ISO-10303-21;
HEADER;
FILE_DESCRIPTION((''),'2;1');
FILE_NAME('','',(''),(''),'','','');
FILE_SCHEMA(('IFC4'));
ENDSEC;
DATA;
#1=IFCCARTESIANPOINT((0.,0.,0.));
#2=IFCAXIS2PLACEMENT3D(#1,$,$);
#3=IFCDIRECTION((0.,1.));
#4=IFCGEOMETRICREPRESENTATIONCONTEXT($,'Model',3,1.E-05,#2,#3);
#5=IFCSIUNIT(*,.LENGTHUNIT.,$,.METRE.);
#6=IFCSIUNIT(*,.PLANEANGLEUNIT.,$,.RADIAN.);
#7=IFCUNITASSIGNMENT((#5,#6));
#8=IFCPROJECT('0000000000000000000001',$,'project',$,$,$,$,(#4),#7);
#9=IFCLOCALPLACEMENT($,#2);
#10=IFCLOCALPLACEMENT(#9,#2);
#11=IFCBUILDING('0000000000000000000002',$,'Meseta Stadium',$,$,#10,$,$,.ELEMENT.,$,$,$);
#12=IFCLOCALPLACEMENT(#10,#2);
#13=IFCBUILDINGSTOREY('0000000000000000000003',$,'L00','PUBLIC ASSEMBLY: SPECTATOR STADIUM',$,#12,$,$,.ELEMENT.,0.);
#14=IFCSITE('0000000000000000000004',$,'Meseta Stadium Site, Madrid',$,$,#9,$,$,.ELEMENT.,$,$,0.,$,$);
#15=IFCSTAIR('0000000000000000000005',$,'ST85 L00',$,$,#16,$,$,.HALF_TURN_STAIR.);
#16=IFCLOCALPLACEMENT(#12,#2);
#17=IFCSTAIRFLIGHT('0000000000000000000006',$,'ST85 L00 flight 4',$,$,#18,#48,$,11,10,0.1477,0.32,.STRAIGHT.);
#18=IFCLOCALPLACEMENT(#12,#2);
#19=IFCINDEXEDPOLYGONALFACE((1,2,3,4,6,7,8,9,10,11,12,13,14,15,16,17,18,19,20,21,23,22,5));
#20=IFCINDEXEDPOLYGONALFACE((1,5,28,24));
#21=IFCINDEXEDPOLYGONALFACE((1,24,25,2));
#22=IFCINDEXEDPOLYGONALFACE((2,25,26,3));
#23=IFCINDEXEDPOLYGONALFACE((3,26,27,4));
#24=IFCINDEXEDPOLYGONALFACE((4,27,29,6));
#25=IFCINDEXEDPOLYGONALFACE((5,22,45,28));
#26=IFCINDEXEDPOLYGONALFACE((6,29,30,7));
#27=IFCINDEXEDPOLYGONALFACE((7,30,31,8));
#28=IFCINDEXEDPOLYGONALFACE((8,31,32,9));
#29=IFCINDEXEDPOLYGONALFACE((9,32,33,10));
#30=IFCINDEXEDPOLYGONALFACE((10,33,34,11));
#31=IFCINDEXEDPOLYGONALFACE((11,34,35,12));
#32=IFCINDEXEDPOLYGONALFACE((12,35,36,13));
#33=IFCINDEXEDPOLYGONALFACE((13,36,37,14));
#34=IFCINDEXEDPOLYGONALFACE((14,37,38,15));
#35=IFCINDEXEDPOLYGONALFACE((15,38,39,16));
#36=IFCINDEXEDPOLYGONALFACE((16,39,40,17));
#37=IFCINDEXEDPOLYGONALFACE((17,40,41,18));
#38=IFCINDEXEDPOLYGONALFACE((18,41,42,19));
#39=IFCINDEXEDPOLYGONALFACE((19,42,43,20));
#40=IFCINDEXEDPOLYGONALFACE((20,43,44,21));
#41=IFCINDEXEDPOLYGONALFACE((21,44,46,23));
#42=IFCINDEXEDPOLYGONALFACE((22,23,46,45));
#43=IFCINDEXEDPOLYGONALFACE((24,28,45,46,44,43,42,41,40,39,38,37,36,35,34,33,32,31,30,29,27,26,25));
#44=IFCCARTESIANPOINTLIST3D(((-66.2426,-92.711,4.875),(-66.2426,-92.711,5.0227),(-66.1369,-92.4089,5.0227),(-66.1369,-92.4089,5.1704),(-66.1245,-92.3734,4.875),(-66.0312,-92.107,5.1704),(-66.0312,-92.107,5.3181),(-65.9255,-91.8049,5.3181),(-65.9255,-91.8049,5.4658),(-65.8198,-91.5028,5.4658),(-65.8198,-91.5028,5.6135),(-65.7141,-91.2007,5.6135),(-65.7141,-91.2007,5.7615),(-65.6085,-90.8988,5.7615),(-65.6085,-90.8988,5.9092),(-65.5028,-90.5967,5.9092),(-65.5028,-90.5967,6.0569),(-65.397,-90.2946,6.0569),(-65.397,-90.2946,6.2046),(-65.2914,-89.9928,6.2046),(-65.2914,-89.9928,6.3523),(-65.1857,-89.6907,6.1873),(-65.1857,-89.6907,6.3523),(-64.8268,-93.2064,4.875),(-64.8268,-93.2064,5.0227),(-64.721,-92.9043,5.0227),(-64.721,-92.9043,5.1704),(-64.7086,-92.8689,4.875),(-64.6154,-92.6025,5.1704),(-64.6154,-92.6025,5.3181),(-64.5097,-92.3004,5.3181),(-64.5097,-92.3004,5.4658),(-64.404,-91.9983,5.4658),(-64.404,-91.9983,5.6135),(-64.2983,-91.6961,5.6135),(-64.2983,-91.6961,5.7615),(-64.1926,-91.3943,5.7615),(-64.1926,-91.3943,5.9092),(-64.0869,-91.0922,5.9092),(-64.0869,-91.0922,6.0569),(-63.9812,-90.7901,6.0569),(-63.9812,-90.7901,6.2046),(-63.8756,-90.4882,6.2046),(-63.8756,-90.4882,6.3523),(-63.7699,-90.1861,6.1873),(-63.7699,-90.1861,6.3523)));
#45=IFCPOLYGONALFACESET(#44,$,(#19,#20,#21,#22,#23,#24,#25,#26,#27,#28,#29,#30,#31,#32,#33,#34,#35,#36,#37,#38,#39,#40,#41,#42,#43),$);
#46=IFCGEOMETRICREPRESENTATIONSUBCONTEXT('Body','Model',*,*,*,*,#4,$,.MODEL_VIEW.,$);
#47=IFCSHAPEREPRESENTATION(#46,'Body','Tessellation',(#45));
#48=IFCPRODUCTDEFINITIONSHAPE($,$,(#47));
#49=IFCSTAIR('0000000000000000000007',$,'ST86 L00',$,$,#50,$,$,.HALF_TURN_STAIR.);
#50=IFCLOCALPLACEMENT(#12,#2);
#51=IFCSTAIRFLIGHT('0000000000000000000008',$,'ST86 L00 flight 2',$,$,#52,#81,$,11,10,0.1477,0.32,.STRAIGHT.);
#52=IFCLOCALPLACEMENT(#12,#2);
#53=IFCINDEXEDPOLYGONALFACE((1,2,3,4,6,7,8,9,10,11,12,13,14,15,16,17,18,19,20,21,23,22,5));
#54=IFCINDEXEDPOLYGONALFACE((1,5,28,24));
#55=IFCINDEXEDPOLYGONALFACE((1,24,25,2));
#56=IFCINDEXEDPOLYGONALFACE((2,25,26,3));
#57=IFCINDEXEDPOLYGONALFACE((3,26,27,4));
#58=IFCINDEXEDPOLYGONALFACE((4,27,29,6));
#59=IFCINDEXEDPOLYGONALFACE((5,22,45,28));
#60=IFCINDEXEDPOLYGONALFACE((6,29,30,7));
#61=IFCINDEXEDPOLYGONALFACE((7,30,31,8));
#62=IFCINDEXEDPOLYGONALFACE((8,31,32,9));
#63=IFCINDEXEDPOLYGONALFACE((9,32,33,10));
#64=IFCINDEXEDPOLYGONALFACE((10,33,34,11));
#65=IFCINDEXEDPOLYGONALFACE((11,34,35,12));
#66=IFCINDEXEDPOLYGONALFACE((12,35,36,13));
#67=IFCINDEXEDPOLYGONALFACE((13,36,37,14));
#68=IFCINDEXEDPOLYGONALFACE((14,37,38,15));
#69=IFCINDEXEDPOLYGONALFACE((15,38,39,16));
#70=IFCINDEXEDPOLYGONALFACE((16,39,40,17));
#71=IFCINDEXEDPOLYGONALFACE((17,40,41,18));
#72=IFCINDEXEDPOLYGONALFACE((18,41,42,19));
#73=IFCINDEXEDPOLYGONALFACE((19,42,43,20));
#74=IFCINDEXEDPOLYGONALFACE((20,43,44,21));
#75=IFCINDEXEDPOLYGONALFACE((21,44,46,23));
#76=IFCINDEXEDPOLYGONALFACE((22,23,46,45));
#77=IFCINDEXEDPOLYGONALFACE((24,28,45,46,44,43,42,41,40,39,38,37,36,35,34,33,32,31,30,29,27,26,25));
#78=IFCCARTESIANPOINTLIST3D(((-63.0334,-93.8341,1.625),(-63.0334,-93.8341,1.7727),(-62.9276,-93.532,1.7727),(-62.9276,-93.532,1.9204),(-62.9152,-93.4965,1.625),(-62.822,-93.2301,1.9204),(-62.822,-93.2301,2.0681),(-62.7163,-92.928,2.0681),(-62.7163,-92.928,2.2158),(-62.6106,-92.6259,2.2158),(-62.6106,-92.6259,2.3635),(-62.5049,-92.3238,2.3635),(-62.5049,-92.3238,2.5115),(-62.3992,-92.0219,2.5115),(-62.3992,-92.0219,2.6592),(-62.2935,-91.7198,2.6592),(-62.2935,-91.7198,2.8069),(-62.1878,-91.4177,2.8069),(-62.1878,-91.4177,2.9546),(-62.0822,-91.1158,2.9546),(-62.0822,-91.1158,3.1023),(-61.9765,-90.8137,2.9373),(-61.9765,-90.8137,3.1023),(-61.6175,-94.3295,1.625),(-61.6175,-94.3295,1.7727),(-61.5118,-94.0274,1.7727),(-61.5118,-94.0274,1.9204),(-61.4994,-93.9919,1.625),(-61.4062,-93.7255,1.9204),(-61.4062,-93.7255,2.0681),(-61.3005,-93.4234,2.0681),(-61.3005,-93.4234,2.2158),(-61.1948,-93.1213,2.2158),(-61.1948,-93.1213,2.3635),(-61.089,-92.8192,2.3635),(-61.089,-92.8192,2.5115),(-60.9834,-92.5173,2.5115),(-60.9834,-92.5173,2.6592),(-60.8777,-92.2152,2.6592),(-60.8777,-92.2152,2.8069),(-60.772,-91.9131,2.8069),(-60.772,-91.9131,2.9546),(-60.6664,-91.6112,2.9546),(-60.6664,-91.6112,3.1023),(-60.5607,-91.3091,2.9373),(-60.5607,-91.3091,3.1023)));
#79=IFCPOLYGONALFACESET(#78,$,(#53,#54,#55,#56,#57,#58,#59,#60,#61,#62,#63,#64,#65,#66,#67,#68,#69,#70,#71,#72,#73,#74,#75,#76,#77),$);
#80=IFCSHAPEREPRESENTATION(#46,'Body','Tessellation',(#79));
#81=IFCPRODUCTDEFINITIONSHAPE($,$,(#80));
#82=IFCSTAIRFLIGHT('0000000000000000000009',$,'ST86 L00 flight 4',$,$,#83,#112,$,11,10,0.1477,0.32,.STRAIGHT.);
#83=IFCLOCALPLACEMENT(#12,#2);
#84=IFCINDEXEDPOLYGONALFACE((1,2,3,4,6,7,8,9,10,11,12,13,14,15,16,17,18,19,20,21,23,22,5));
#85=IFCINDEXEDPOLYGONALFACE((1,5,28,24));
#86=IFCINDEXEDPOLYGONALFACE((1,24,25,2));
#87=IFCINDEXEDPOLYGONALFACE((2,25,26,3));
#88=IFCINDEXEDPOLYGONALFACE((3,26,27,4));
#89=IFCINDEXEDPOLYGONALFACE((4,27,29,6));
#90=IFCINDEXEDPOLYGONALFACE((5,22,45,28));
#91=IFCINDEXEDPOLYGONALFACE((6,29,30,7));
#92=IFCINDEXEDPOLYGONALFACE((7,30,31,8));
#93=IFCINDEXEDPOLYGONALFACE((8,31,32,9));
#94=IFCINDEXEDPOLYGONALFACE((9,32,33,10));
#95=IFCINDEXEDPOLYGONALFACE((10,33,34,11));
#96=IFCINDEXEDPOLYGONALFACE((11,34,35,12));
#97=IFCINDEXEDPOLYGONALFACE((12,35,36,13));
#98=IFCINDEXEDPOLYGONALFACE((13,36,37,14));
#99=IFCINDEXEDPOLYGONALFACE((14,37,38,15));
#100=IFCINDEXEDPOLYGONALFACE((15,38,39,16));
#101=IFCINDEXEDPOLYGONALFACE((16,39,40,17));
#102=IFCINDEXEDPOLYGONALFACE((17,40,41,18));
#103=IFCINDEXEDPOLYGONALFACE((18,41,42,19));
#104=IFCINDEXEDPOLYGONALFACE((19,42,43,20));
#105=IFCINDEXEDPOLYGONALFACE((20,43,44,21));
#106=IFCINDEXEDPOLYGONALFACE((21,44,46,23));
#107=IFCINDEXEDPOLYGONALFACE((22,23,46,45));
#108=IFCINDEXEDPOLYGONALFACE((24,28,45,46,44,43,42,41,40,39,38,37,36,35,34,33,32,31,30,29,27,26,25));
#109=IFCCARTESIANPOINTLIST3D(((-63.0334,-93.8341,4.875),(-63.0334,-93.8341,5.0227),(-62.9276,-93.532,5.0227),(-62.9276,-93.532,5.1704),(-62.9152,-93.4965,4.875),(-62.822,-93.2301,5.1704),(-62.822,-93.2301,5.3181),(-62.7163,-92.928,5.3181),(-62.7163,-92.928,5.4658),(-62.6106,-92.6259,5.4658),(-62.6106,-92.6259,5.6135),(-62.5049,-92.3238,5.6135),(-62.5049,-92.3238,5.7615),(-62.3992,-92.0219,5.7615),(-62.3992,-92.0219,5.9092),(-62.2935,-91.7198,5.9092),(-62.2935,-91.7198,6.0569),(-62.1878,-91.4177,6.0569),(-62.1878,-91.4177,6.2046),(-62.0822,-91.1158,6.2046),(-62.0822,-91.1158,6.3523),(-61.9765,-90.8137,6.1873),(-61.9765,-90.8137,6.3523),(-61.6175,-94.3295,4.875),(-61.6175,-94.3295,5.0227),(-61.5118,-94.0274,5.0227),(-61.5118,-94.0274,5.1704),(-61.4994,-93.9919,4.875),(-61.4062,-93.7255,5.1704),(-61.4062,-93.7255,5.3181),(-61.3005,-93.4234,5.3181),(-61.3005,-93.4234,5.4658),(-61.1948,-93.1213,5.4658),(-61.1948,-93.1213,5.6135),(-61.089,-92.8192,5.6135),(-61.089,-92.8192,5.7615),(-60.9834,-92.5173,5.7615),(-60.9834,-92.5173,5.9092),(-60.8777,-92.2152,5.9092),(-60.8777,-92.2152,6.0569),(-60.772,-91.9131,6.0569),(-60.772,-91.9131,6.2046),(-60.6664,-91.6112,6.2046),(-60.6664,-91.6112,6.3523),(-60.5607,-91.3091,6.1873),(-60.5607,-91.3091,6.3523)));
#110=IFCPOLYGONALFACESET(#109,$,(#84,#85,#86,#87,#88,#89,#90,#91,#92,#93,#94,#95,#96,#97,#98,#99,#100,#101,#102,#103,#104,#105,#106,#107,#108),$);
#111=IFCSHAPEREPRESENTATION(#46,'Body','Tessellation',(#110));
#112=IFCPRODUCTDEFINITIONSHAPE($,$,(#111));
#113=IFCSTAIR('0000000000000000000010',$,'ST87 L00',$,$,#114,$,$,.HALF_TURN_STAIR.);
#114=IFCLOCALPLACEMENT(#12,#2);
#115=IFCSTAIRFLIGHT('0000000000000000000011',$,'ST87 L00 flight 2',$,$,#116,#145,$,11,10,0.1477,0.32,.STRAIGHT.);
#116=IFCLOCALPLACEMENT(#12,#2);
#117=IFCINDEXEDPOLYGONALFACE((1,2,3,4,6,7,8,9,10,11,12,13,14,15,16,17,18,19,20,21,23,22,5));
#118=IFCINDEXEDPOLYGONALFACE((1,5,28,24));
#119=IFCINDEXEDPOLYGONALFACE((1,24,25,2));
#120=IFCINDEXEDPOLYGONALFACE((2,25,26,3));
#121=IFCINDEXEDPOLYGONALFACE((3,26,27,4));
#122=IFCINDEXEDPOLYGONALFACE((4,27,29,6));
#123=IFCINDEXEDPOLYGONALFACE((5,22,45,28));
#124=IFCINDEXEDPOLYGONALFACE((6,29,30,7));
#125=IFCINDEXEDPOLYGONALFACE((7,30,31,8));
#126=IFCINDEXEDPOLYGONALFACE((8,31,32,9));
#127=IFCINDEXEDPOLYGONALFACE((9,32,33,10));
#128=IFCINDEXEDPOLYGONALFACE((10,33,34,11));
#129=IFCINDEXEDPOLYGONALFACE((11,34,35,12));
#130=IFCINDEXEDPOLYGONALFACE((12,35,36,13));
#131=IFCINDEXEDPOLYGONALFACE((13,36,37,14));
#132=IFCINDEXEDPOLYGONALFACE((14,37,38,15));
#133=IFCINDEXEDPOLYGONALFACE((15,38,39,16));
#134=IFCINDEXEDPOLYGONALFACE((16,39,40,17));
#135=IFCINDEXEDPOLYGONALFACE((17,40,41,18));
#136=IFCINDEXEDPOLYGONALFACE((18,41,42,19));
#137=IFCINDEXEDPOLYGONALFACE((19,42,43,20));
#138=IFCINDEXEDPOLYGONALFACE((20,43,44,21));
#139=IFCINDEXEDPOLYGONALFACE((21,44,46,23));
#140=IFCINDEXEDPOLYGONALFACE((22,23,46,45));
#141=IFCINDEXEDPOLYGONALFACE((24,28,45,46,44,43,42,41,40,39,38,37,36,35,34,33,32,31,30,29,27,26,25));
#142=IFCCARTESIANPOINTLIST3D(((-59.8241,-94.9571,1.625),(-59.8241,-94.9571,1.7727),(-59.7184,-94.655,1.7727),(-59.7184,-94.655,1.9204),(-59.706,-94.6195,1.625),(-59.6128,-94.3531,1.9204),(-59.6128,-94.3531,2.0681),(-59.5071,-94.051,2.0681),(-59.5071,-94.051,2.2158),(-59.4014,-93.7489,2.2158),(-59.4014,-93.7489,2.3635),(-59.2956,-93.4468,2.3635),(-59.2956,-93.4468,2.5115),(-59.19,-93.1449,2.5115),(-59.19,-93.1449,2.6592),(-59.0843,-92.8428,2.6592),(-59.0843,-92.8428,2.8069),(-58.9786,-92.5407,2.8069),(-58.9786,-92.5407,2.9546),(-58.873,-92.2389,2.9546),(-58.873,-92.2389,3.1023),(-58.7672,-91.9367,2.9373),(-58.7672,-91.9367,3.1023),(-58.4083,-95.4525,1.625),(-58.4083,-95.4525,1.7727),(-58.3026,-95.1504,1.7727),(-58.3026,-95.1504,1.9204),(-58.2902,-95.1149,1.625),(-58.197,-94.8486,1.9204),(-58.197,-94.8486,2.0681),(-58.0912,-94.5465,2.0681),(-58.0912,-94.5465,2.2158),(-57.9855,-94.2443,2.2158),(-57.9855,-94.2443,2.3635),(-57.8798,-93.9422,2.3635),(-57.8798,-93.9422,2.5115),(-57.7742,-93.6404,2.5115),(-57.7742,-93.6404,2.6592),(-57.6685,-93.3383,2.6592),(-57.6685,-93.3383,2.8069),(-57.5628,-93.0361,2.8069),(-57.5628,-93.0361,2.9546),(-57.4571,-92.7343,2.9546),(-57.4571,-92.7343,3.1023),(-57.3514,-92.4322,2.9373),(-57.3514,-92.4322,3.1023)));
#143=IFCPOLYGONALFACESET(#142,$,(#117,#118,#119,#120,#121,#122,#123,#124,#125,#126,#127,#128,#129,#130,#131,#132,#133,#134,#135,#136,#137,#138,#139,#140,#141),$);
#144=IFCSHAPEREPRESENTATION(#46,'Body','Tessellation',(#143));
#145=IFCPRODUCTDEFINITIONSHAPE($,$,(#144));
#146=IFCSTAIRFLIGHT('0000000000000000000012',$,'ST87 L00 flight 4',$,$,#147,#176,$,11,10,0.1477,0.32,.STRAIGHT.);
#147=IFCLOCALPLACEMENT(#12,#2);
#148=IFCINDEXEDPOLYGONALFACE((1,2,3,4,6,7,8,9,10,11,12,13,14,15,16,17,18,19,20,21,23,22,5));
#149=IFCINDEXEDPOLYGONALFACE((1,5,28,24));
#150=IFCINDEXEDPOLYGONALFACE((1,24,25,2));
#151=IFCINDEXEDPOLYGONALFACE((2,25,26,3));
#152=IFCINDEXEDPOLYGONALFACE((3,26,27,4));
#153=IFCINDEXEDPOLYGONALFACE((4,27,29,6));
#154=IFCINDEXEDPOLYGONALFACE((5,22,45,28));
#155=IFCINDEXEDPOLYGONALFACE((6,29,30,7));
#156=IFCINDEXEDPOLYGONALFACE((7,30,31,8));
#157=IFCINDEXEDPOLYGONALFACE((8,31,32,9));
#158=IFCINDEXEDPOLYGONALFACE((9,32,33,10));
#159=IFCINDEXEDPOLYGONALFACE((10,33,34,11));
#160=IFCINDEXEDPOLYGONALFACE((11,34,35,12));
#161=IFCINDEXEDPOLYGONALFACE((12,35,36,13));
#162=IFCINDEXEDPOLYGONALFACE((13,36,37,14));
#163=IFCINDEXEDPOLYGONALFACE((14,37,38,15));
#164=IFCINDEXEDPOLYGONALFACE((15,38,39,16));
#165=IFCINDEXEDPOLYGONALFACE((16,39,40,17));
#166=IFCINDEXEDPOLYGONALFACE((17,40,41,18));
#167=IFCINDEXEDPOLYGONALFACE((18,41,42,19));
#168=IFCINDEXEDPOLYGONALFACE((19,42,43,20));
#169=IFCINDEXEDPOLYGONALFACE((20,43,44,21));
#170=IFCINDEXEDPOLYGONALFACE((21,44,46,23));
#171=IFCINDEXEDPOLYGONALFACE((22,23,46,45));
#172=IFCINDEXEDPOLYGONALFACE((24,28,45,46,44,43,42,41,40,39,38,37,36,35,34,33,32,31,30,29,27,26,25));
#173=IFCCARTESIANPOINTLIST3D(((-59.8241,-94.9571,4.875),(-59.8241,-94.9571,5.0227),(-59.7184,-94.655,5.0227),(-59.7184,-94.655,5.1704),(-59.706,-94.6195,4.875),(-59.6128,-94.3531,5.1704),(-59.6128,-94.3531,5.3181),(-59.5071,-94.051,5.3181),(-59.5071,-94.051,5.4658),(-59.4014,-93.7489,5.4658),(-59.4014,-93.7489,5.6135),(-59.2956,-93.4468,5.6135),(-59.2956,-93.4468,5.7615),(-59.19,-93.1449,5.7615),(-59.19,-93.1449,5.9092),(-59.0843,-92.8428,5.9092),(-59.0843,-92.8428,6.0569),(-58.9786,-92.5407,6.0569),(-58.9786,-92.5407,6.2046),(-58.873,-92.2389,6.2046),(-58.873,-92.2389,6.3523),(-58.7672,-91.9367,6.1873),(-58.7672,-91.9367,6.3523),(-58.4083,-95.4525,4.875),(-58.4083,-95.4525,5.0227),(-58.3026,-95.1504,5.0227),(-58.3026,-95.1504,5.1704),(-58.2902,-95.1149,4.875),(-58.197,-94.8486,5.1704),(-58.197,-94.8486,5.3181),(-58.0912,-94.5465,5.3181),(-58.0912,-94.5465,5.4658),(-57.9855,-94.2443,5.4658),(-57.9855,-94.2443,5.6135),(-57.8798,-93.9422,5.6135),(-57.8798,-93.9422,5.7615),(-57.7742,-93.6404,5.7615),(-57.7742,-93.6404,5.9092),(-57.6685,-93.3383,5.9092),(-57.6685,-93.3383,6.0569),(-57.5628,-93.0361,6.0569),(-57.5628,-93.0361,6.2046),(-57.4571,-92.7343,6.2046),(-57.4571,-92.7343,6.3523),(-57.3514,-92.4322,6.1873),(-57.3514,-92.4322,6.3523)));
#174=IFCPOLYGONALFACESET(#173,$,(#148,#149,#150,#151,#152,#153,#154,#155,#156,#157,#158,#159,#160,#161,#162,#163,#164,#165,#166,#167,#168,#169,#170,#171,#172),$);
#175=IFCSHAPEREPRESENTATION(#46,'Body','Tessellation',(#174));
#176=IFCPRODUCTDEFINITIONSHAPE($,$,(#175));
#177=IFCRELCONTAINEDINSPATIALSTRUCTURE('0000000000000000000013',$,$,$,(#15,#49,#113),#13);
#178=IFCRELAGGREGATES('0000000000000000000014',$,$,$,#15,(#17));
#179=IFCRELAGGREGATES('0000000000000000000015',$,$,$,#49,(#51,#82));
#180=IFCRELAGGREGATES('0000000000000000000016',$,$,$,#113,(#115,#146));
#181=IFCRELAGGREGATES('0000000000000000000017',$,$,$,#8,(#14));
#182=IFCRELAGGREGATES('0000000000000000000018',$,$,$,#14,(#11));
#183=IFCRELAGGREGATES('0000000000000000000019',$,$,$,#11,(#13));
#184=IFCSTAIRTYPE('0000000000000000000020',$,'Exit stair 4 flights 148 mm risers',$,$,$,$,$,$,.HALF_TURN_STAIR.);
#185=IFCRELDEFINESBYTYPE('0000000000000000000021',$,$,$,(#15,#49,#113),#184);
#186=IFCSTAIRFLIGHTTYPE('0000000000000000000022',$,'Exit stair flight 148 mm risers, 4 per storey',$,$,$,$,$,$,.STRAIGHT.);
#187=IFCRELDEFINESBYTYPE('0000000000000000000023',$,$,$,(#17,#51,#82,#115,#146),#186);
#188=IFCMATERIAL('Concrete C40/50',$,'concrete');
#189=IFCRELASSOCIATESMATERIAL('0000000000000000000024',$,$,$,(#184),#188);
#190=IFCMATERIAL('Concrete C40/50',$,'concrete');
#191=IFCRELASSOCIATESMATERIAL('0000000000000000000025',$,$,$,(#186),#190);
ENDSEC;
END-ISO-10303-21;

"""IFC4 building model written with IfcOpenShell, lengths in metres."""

from ifc_helpers import new_model, si_unit, direction, frame, origin, place, context, subcontext, project, spatial, polyline, outline, extrude, material, type_object, element, aggregate, save


model = new_model("IFC4")

# Units and contexts
model_context = context("Model", 3, precision=1e-05, world=origin(), true_north=direction((0.0, 1.0)))
body_context = subcontext(model_context, "Body", "Model", "MODEL_VIEW")
ifc_project = project(units=[si_unit("LENGTHUNIT", "METRE"), si_unit("PLANEANGLEUNIT", "RADIAN")], contexts=[model_context])

# Site, building, storey
site_placement = place(None, origin())
site = spatial("IfcSite", under=ifc_project, at=site_placement, Name="Meseta Stadium Site, Madrid", CompositionType="ELEMENT", RefElevation=0.0)
building_placement = place(site_placement, origin())
building = spatial("IfcBuilding", under=site, at=building_placement, Name="Meseta Stadium", CompositionType="ELEMENT")
storey_placement = place(building_placement, origin())
storey = spatial("IfcBuildingStorey", under=building, at=storey_placement, Name="L00", Description="PUBLIC ASSEMBLY: SPECTATOR STADIUM", CompositionType="ELEMENT", Elevation=0.0)

# Stairs, stair flights
ifc_material_1 = material(Name="Concrete C40/50", Category="concrete")
stair_type = type_object("IfcStairType", Name="Exit stair 4 flights 148 mm risers", PredefinedType="HALF_TURN_STAIR", material=ifc_material_1)
stair_1_placement = place(storey_placement, origin())
stair_1 = element("IfcStair", 1, at=stair_1_placement, inside=storey, type_object=stair_type, Name="ST85 L00", PredefinedType="HALF_TURN_STAIR")
ifc_material_2 = material(Name="Concrete C40/50", Category="concrete")
stair_flight_type = type_object("IfcStairFlightType", Name="Exit stair flight 148 mm risers, 4 per storey", PredefinedType="STRAIGHT", material=ifc_material_2)
stair_flight_1_placement = place(storey_placement, frame((-65.5347, -92.9587, 4.875), z_axis=(0.0, 0.0, 1.0), x_axis=(0.330279, 0.943883, 0.0)))
stair_flight_1 = element("IfcStairFlight", 2, at=stair_flight_1_placement, type_object=stair_flight_type, Name="ST85 L00 flight 4", NumberOfRisers=11, NumberOfTreads=10, PredefinedType="STRAIGHT", RiserHeight=0.1477, TreadLength=0.32, context=body_context, shape_type="SweptSolid", body=[
    extrude(outline(polyline([(0.0, 0.0), (0.0, 0.1477), (0.3201, 0.1477), (0.3201, 0.2954), (0.6399, 0.2954), (0.6399, 0.4431), (0.96, 0.4431), (0.96, 0.5908), (1.28, 0.5908), (1.28, 0.7385), (1.6001, 0.7385), (1.6001, 0.8865), (1.9199, 0.8865), (1.9199, 1.0342), (2.24, 1.0342), (2.24, 1.1819), (2.5601, 1.1819), (2.5601, 1.3296), (2.8799, 1.3296), (2.8799, 1.4773), (3.2, 1.4773), (3.2, 1.3123), (0.3577, 0.0), (0.0, 0.0)])), frame((0.0, 0.75, 0.0), z_axis=(0.0, -1.0, 0.0), x_axis=(1.0, 0.0, 0.0)), (0.0, 0.0, 1.0), 1.5),
])
aggregate(stair_1, [stair_flight_1])
stair_2_placement = place(storey_placement, origin())
stair_2 = element("IfcStair", 3, at=stair_2_placement, inside=storey, type_object=stair_type, Name="ST86 L00", PredefinedType="HALF_TURN_STAIR")
stair_flight_2_placement = place(storey_placement, frame((-62.3254, -94.0818, 1.625), z_axis=(0.0, 0.0, 1.0), x_axis=(0.330279, 0.943883, 0.0)))
stair_flight_2 = element("IfcStairFlight", 4, at=stair_flight_2_placement, type_object=stair_flight_type, Name="ST86 L00 flight 2", NumberOfRisers=11, NumberOfTreads=10, PredefinedType="STRAIGHT", RiserHeight=0.1477, TreadLength=0.32, context=body_context, shape_type="SweptSolid", body=[
    extrude(outline(polyline([(0.0, 0.0), (0.0, 0.1477), (0.3201, 0.1477), (0.3201, 0.2954), (0.6399, 0.2954), (0.6399, 0.4431), (0.96, 0.4431), (0.96, 0.5908), (1.28, 0.5908), (1.28, 0.7385), (1.6001, 0.7385), (1.6001, 0.8865), (1.9199, 0.8865), (1.9199, 1.0342), (2.24, 1.0342), (2.24, 1.1819), (2.5601, 1.1819), (2.5601, 1.3296), (2.8799, 1.3296), (2.8799, 1.4773), (3.2, 1.4773), (3.2, 1.3123), (0.3577, 0.0), (0.0, 0.0)])), frame((0.0, 0.75, 0.0), z_axis=(0.0, -1.0, 0.0), x_axis=(1.0, 0.0, 0.0)), (0.0, 0.0, 1.0), 1.5),
])
stair_flight_3_placement = place(storey_placement, frame((-62.3254, -94.0818, 4.875), z_axis=(0.0, 0.0, 1.0), x_axis=(0.330279, 0.943883, 0.0)))
stair_flight_3 = element("IfcStairFlight", 5, at=stair_flight_3_placement, type_object=stair_flight_type, Name="ST86 L00 flight 4", NumberOfRisers=11, NumberOfTreads=10, PredefinedType="STRAIGHT", RiserHeight=0.1477, TreadLength=0.32, context=body_context, shape_type="SweptSolid", body=[
    extrude(outline(polyline([(0.0, 0.0), (0.0, 0.1477), (0.3201, 0.1477), (0.3201, 0.2954), (0.6399, 0.2954), (0.6399, 0.4431), (0.96, 0.4431), (0.96, 0.5908), (1.28, 0.5908), (1.28, 0.7385), (1.6001, 0.7385), (1.6001, 0.8865), (1.9199, 0.8865), (1.9199, 1.0342), (2.24, 1.0342), (2.24, 1.1819), (2.5601, 1.1819), (2.5601, 1.3296), (2.8799, 1.3296), (2.8799, 1.4773), (3.2, 1.4773), (3.2, 1.3123), (0.3577, 0.0), (0.0, 0.0)])), frame((0.0, 0.75, 0.0), z_axis=(0.0, -1.0, 0.0), x_axis=(1.0, 0.0, 0.0)), (0.0, 0.0, 1.0), 1.5),
])
aggregate(stair_2, [stair_flight_2, stair_flight_3])
stair_3_placement = place(storey_placement, origin())
stair_3 = element("IfcStair", 6, at=stair_3_placement, inside=storey, type_object=stair_type, Name="ST87 L00", PredefinedType="HALF_TURN_STAIR")
stair_flight_4_placement = place(storey_placement, frame((-59.1162, -95.2048, 1.625), z_axis=(0.0, 0.0, 1.0), x_axis=(0.330279, 0.943883, 0.0)))
stair_flight_4 = element("IfcStairFlight", 7, at=stair_flight_4_placement, type_object=stair_flight_type, Name="ST87 L00 flight 2", NumberOfRisers=11, NumberOfTreads=10, PredefinedType="STRAIGHT", RiserHeight=0.1477, TreadLength=0.32, context=body_context, shape_type="SweptSolid", body=[
    extrude(outline(polyline([(0.0, 0.0), (0.0, 0.1477), (0.3201, 0.1477), (0.3201, 0.2954), (0.6399, 0.2954), (0.6399, 0.4431), (0.96, 0.4431), (0.96, 0.5908), (1.28, 0.5908), (1.28, 0.7385), (1.6001, 0.7385), (1.6001, 0.8865), (1.9199, 0.8865), (1.9199, 1.0342), (2.24, 1.0342), (2.24, 1.1819), (2.5601, 1.1819), (2.5601, 1.3296), (2.8799, 1.3296), (2.8799, 1.4773), (3.2, 1.4773), (3.2, 1.3123), (0.3577, 0.0), (0.0, 0.0)])), frame((0.0, 0.75, 0.0), z_axis=(0.0, -1.0, 0.0), x_axis=(1.0, 0.0, 0.0)), (0.0, 0.0, 1.0), 1.5),
])
stair_flight_5_placement = place(storey_placement, frame((-59.1162, -95.2048, 4.875), z_axis=(0.0, 0.0, 1.0), x_axis=(0.330279, 0.943883, 0.0)))
stair_flight_5 = element("IfcStairFlight", 8, at=stair_flight_5_placement, type_object=stair_flight_type, Name="ST87 L00 flight 4", NumberOfRisers=11, NumberOfTreads=10, PredefinedType="STRAIGHT", RiserHeight=0.1477, TreadLength=0.32, context=body_context, shape_type="SweptSolid", body=[
    extrude(outline(polyline([(0.0, 0.0), (0.0, 0.1477), (0.3201, 0.1477), (0.3201, 0.2954), (0.6399, 0.2954), (0.6399, 0.4431), (0.96, 0.4431), (0.96, 0.5908), (1.28, 0.5908), (1.28, 0.7385), (1.6001, 0.7385), (1.6001, 0.8865), (1.9199, 0.8865), (1.9199, 1.0342), (2.24, 1.0342), (2.24, 1.1819), (2.5601, 1.1819), (2.5601, 1.3296), (2.8799, 1.3296), (2.8799, 1.4773), (3.2, 1.4773), (3.2, 1.3123), (0.3577, 0.0), (0.0, 0.0)])), frame((0.0, 0.75, 0.0), z_axis=(0.0, -1.0, 0.0), x_axis=(1.0, 0.0, 0.0)), (0.0, 0.0, 1.0), 1.5),
])
aggregate(stair_3, [stair_flight_4, stair_flight_5])

save(model, "model.ifc")
